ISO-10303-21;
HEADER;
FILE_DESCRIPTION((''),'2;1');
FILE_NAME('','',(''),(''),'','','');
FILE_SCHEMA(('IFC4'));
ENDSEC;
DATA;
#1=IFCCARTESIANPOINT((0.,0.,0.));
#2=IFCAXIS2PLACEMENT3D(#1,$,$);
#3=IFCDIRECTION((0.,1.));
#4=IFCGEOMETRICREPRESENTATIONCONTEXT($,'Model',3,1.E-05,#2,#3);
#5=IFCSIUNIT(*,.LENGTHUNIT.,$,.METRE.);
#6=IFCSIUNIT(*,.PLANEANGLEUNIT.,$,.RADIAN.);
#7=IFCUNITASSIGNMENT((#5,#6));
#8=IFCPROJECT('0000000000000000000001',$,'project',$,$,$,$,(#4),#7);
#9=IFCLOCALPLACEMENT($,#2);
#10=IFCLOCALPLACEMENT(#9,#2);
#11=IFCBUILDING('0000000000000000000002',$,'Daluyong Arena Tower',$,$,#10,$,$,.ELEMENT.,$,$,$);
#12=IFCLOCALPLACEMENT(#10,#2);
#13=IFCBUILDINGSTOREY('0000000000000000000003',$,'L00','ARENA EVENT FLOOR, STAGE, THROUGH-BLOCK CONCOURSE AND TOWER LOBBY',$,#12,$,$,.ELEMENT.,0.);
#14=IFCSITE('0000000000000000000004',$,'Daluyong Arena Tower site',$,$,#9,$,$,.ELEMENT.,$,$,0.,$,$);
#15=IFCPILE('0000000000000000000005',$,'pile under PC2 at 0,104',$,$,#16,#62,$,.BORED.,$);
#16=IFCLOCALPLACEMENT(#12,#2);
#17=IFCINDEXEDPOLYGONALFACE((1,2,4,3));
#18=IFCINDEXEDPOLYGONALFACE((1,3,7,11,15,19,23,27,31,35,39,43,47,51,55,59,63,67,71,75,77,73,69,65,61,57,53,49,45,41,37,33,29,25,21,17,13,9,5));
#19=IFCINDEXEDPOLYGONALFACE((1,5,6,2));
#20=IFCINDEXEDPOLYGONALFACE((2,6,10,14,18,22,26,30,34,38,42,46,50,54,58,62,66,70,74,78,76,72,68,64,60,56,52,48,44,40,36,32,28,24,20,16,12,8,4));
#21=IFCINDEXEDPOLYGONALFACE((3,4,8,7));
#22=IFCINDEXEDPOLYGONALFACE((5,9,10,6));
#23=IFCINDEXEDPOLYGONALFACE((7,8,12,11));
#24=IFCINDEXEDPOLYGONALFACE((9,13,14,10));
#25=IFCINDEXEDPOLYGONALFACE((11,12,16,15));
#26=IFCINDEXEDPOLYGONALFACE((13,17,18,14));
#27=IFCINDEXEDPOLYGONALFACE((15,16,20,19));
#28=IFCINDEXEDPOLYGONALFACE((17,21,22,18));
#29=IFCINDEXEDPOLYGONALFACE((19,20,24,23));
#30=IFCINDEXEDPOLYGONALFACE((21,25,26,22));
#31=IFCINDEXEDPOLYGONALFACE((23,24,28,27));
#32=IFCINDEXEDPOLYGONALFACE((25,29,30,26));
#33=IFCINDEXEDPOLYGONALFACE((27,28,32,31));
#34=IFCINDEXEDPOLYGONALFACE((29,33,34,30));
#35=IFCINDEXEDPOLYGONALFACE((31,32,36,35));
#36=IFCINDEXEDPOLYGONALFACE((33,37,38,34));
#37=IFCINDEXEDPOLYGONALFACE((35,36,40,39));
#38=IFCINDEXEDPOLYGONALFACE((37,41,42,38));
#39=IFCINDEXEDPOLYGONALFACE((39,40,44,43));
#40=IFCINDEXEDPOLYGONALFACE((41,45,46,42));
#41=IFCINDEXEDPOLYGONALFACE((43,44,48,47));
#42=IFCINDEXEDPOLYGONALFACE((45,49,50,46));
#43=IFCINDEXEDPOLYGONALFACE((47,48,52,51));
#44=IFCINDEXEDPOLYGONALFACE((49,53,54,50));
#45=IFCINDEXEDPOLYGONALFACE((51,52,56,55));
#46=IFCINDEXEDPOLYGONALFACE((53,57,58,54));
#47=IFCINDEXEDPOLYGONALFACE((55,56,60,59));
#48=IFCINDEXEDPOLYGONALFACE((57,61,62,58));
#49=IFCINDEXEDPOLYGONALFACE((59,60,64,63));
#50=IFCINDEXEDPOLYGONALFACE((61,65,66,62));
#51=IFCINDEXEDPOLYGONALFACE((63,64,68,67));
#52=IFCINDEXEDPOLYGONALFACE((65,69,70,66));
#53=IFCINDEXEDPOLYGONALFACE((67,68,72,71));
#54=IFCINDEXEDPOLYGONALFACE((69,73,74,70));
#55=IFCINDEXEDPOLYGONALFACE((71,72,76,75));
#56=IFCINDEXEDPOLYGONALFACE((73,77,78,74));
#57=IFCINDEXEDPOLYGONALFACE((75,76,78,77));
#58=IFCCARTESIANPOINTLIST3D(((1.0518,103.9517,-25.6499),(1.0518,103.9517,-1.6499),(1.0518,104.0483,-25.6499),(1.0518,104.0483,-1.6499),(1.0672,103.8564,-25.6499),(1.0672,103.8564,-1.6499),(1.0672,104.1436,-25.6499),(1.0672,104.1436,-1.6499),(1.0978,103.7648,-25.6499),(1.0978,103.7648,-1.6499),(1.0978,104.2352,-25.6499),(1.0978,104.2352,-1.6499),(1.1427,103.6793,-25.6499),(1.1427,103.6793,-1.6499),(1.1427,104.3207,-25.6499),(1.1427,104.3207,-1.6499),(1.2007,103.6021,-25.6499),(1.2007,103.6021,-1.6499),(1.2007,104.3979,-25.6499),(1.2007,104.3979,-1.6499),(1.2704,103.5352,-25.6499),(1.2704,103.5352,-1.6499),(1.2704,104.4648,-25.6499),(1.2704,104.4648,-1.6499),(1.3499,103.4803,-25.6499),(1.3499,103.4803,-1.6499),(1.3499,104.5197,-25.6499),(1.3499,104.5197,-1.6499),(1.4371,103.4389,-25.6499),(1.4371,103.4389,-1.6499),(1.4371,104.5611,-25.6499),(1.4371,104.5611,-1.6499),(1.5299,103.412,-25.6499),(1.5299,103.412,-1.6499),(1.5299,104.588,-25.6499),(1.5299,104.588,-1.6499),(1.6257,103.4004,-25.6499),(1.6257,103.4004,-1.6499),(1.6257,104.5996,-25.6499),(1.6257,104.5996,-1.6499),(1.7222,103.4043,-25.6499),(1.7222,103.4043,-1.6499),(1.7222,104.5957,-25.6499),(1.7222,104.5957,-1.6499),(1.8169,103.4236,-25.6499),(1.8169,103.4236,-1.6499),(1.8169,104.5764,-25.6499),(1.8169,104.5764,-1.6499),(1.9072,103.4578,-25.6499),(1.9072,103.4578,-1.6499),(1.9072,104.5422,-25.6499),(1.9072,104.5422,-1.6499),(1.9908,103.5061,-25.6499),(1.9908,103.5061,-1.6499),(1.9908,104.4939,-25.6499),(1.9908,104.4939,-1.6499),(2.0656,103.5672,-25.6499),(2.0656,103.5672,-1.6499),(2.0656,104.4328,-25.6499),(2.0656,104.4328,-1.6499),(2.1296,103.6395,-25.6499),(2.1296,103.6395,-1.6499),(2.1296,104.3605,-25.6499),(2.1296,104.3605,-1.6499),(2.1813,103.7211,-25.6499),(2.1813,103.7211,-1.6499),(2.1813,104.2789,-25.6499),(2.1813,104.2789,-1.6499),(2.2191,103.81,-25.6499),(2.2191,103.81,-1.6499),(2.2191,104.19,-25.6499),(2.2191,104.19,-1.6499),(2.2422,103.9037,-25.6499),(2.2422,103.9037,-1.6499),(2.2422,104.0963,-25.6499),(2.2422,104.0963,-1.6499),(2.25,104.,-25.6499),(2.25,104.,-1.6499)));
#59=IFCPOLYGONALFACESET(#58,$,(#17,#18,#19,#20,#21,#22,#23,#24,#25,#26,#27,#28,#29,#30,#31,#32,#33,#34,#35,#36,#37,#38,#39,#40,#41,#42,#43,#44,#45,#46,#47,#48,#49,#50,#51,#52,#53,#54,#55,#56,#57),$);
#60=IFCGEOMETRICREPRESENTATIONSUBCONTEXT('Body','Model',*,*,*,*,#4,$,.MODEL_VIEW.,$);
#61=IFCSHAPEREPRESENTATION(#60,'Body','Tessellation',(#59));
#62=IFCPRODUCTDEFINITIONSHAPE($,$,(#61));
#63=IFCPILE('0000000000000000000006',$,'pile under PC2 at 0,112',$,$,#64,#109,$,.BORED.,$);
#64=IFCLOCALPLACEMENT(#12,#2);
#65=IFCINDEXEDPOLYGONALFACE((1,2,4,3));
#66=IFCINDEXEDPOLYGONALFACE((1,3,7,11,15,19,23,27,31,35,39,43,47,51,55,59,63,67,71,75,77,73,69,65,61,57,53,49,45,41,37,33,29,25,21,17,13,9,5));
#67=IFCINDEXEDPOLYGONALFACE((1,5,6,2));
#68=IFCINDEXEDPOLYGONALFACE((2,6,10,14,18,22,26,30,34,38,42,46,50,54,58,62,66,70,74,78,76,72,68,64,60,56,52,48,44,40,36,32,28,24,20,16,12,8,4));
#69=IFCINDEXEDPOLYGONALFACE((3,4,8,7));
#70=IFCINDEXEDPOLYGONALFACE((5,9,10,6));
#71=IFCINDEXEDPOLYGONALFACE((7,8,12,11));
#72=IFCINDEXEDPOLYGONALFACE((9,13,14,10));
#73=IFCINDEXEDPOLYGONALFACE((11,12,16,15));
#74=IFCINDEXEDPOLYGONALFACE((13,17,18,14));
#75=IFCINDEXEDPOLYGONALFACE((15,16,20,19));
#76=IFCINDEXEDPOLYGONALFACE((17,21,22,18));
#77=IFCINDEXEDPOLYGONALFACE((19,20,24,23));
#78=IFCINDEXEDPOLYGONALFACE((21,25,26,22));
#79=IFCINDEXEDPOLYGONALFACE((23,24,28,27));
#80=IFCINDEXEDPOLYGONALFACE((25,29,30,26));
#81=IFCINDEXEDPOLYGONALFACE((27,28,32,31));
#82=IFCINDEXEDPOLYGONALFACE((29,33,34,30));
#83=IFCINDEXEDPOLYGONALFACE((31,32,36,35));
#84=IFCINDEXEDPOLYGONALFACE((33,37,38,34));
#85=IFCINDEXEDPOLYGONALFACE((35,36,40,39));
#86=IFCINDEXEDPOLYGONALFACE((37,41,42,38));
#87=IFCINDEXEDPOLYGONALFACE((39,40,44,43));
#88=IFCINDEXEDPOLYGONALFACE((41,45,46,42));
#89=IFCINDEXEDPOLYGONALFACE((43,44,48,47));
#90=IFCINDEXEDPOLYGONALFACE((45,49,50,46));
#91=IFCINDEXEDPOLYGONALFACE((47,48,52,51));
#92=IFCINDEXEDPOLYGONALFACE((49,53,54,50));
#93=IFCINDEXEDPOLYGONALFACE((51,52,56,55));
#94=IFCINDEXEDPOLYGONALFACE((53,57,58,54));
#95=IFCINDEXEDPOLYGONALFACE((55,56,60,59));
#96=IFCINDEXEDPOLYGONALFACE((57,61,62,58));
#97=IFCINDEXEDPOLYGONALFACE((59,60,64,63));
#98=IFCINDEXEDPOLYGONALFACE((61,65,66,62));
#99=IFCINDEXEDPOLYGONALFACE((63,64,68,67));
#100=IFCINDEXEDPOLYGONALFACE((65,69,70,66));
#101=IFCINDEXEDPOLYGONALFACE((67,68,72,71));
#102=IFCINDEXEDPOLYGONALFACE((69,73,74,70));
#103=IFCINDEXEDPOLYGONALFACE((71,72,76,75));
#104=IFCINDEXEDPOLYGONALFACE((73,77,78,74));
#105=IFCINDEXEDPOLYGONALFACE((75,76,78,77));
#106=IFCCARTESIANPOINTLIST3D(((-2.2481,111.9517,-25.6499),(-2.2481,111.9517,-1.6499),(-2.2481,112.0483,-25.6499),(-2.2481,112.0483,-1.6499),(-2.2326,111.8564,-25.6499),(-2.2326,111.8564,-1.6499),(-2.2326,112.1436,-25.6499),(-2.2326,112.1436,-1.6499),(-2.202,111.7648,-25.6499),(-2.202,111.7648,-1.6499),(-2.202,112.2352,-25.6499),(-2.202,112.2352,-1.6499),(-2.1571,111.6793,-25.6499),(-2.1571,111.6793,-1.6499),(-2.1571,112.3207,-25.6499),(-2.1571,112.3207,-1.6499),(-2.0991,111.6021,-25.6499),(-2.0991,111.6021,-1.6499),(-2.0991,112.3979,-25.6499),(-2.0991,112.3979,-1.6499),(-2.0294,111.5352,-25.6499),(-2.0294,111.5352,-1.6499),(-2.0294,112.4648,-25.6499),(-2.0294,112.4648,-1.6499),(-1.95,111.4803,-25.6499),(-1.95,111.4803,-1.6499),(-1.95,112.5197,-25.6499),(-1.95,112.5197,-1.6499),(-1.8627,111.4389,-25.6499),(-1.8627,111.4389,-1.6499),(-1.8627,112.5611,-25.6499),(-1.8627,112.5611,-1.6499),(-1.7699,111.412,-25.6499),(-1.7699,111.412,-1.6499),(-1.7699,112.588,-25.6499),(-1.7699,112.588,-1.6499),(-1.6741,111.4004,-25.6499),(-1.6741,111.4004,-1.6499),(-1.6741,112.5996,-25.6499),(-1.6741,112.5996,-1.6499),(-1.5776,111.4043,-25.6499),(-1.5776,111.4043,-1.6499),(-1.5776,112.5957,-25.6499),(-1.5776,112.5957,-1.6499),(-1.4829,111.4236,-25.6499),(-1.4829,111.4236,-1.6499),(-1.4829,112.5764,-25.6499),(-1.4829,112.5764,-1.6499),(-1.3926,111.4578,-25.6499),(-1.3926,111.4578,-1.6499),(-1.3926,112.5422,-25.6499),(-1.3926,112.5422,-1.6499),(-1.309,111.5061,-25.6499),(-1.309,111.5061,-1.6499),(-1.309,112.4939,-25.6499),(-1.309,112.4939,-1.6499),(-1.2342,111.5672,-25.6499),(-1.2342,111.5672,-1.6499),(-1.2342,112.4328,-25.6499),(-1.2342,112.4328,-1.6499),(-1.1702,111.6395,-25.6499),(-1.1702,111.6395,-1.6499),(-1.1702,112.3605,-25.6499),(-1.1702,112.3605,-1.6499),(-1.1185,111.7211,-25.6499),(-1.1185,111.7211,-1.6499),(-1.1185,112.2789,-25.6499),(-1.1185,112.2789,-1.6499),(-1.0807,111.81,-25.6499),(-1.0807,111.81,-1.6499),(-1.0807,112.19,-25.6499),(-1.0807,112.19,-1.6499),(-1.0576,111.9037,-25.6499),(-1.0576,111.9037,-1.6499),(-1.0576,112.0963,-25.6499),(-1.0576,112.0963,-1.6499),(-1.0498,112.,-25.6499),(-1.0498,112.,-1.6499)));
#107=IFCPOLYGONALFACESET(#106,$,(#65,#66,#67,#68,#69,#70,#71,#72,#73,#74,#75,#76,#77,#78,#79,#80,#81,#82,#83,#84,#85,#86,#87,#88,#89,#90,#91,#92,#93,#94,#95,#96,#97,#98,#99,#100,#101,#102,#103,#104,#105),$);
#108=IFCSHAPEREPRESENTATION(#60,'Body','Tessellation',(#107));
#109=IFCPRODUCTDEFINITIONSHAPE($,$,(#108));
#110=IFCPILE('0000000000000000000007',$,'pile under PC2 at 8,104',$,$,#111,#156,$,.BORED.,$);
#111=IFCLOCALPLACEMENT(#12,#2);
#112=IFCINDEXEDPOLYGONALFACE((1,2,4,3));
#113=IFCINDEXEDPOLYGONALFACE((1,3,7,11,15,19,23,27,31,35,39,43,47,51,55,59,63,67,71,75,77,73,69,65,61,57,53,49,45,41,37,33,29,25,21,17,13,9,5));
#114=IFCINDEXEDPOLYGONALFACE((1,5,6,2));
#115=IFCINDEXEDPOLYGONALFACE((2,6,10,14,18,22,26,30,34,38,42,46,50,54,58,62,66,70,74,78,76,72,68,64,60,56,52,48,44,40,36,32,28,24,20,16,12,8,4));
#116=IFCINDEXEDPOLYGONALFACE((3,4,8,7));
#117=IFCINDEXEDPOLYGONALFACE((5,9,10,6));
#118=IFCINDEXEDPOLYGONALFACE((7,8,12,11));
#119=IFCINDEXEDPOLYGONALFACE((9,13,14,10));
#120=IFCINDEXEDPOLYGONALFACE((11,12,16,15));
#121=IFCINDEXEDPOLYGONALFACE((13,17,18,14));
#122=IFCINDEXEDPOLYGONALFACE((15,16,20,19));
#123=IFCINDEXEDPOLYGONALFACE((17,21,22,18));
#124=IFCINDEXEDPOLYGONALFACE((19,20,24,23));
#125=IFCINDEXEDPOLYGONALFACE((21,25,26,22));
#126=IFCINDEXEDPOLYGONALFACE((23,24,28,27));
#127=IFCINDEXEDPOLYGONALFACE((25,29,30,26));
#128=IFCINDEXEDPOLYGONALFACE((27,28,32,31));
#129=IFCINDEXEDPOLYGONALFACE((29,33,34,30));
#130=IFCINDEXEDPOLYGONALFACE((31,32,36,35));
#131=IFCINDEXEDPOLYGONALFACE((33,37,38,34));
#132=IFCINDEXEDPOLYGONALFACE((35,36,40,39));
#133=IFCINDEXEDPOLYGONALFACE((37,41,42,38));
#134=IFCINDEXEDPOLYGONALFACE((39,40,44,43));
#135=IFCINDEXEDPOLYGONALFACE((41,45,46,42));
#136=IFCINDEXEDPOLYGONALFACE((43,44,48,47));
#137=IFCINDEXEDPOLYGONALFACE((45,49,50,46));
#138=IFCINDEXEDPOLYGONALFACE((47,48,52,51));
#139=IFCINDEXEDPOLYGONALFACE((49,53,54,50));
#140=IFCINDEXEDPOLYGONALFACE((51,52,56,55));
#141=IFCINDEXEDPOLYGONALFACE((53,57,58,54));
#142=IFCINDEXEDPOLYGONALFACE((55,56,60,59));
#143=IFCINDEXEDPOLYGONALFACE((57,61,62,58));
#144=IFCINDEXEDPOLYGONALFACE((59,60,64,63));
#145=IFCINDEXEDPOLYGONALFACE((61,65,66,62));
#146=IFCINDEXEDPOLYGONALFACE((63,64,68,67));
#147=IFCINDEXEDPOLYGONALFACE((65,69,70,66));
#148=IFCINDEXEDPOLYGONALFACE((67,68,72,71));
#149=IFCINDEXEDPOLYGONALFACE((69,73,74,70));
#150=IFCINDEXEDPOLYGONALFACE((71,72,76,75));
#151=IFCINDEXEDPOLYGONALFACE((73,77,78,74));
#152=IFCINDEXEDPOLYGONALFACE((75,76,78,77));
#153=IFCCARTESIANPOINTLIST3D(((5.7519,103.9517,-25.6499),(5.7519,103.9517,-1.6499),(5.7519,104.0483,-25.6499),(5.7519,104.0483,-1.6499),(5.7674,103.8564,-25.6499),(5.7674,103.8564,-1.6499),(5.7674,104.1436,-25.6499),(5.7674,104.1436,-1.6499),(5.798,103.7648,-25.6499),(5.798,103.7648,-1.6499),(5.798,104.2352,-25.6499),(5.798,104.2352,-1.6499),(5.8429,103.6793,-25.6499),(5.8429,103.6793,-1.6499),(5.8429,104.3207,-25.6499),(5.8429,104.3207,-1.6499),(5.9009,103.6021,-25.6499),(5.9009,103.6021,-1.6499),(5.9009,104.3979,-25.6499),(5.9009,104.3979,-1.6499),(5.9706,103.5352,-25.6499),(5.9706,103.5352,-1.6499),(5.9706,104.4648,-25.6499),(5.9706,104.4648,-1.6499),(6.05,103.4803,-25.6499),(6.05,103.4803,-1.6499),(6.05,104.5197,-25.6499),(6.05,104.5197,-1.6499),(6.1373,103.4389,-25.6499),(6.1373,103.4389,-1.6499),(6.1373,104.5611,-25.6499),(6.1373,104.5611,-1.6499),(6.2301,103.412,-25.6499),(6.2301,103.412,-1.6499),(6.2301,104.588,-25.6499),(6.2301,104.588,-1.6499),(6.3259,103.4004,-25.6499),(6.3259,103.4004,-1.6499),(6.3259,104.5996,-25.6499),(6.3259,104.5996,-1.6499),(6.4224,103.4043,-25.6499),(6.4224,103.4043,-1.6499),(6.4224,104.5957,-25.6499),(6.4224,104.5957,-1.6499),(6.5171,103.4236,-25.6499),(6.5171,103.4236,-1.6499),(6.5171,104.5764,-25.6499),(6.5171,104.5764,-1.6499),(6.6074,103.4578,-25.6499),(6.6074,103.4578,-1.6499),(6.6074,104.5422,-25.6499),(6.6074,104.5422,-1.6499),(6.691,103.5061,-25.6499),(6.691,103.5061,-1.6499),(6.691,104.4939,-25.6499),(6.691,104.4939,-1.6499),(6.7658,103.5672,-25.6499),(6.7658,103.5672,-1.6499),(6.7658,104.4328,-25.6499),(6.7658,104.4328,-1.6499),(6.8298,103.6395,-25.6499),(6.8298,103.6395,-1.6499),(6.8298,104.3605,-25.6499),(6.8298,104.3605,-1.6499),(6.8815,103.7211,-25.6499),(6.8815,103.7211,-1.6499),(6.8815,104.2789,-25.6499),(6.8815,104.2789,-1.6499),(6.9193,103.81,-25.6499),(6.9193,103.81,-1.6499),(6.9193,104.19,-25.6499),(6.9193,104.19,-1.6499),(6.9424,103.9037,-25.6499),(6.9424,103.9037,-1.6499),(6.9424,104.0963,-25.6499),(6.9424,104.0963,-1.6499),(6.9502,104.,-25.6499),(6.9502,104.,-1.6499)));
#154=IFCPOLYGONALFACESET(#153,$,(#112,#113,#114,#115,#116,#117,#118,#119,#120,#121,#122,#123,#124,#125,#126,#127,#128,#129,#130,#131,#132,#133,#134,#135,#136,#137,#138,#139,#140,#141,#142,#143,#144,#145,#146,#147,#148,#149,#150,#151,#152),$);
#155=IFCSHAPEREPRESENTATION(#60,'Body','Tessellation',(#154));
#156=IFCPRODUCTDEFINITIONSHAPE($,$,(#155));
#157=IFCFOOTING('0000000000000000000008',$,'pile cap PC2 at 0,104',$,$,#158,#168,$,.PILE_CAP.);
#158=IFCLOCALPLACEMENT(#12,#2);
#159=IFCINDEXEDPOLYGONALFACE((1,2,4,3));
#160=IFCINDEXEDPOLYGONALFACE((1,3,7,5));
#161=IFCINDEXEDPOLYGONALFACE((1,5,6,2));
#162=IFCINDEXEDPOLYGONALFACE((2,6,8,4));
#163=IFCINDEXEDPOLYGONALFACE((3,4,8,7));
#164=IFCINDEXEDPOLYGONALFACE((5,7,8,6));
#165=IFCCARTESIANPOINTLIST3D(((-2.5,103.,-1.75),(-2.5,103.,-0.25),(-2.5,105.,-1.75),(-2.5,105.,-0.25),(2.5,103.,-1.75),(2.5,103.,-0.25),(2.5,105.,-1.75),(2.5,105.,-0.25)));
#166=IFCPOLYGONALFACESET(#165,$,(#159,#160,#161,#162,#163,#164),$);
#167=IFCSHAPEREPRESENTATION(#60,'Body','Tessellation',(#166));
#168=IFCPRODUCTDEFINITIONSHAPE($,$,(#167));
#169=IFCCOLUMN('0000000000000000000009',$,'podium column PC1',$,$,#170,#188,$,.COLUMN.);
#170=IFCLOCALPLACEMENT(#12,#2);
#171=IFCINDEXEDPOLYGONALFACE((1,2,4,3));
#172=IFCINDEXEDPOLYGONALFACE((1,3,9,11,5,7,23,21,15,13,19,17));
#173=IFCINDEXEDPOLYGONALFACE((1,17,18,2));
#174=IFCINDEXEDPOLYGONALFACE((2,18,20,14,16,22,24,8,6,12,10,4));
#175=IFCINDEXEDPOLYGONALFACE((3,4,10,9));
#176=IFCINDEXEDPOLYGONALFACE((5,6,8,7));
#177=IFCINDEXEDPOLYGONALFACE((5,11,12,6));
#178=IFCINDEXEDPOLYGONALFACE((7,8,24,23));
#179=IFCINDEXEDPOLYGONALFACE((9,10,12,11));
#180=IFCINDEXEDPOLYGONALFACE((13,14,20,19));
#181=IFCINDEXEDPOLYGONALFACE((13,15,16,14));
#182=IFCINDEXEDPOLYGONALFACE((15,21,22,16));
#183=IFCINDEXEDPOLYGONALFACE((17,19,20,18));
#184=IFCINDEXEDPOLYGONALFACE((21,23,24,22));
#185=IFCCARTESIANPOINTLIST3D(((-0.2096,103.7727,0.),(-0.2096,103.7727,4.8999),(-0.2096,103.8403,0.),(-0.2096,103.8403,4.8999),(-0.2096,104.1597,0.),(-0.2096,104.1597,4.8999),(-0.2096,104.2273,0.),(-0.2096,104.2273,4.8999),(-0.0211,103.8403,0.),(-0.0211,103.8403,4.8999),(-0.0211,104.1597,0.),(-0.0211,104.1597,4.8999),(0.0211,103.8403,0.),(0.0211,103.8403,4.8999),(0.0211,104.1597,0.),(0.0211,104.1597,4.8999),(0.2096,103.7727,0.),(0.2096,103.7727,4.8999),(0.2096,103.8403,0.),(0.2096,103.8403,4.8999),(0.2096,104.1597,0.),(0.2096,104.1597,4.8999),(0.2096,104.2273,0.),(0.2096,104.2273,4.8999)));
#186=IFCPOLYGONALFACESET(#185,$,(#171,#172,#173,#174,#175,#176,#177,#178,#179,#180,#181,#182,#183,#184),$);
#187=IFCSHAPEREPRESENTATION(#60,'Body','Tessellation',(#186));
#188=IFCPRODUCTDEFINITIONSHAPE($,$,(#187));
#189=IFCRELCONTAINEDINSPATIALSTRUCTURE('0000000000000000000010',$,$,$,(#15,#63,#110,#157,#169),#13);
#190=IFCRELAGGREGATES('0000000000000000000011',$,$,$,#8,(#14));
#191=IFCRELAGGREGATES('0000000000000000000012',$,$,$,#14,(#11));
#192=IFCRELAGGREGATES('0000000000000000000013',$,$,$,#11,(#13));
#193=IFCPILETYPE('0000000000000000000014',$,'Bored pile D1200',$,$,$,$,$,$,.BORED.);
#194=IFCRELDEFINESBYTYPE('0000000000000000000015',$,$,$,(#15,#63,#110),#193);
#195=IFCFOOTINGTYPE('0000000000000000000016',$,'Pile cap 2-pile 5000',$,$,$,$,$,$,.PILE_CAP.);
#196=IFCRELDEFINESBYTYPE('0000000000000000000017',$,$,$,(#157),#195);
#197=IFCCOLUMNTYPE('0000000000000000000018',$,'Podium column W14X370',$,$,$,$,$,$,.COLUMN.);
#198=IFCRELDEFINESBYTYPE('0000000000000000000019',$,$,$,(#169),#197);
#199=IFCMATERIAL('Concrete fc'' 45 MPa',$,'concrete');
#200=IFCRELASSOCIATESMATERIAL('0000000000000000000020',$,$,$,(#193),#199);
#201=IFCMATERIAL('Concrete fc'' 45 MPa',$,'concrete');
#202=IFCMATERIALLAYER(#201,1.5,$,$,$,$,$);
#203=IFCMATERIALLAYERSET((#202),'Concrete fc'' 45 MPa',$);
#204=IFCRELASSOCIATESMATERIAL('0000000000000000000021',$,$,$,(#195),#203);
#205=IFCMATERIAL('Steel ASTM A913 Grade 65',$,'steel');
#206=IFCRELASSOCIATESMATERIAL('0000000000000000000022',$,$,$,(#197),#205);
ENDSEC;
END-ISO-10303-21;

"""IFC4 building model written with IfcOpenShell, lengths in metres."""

from ifc_helpers import new_model, si_unit, direction, frame, origin, origin_2d, place, context, subcontext, project, spatial, rectangle, circle, i_section, extrude, material, layer, layer_set, material_profile, profile_set, type_object, element, save


model = new_model("IFC4")

# Units and contexts
model_context = context("Model", 3, precision=1e-05, world=origin(), true_north=direction((0.0, 1.0)))
body_context = subcontext(model_context, "Body", "Model", "MODEL_VIEW")
ifc_project = project(units=[si_unit("LENGTHUNIT", "METRE"), si_unit("PLANEANGLEUNIT", "RADIAN")], contexts=[model_context])

# Site, building, storey
site_placement = place(None, origin())
site = spatial("IfcSite", under=ifc_project, at=site_placement, Name="Daluyong Arena Tower site", CompositionType="ELEMENT", RefElevation=0.0)
building_placement = place(site_placement, origin())
building = spatial("IfcBuilding", under=site, at=building_placement, Name="Daluyong Arena Tower", CompositionType="ELEMENT")
storey_placement = place(building_placement, origin())
storey = spatial("IfcBuildingStorey", under=building, at=storey_placement, Name="L00", Description="ARENA EVENT FLOOR, STAGE, THROUGH-BLOCK CONCOURSE AND TOWER LOBBY", CompositionType="ELEMENT", Elevation=0.0)

# Piles
ifc_material_1 = material(Name="Concrete fc' 45 MPa", Category="concrete")
pile_type = type_object("IfcPileType", Name="Bored pile D1200", PredefinedType="BORED", material=ifc_material_1)
for number, where, z_axis, x_axis, name in (
    (1, (1.6499, 104.0, -1.6499), (0.0, 0.0, -1.0), (1.0, 0.0, 0.0), "pile under PC2 at 0,104"),
    (2, (-1.6499, 112.0, -1.6499), (0.0, 0.0, -1.0), (1.0, 0.0, 0.0), "pile under PC2 at 0,112"),
    (3, (6.3501, 104.0, -1.6499), (0.0, 0.0, -1.0), (1.0, 0.0, 0.0), "pile under PC2 at 8,104"),
):
    element("IfcPile", number, at=place(storey_placement, frame(where, z_axis=z_axis, x_axis=x_axis)), inside=storey, type_object=pile_type, Name=name, PredefinedType="BORED", context=body_context, shape_type="SweptSolid", body=[
        extrude(circle(Radius=0.6001, at=origin_2d()), origin(), (0.0, 0.0, 1.0), 24.0),
    ])

# Footing
ifc_material_2 = material(Name="Concrete fc' 45 MPa", Category="concrete")
ifc_layer = layer(ifc_material_2, 1.5)
ifc_layer_set = layer_set([ifc_layer], Name="Concrete fc' 45 MPa")
footing_type = type_object("IfcFootingType", Name="Pile cap 2-pile 5000", PredefinedType="PILE_CAP", material=ifc_layer_set)
footing_placement = place(storey_placement, frame((0.0, 104.0, -1.75), z_axis=(0.0, 0.0, 1.0), x_axis=(1.0, 0.0, 0.0)))
element("IfcFooting", 4, at=footing_placement, inside=storey, type_object=footing_type, Name="pile cap PC2 at 0,104", PredefinedType="PILE_CAP", context=body_context, shape_type="SweptSolid", body=[
    extrude(rectangle(XDim=5.0, YDim=2.0, at=origin_2d()), origin(), (0.0, 0.0, 1.0), 1.5),
])

# Column
ifc_material_3 = material(Name="Steel ASTM A913 Grade 65", Category="steel")
ifc_material_profile = material_profile(ifc_material_3, i_section(OverallWidth=0.4192, OverallDepth=0.4546, WebThickness=0.0422, FlangeThickness=0.0676, at=origin_2d()))
ifc_profile_set = profile_set([ifc_material_profile], Name="Steel ASTM A913 Grade 65")
column_type = type_object("IfcColumnType", Name="Podium column W14X370", PredefinedType="COLUMN", material=ifc_profile_set)
column_placement = place(storey_placement, frame((0.0, 104.0, 0.0), z_axis=(0.0, 0.0, 1.0), x_axis=(1.0, 0.0, 0.0)))
element("IfcColumn", 5, at=column_placement, inside=storey, type_object=column_type, Name="podium column PC1", PredefinedType="COLUMN", context=body_context, shape_type="SweptSolid", body=[
    extrude(i_section(OverallWidth=0.4192, OverallDepth=0.4546, WebThickness=0.0422, FlangeThickness=0.0676, at=origin_2d()), origin(), (0.0, 0.0, 1.0), 4.8999),
])

save(model, "model.ifc")
